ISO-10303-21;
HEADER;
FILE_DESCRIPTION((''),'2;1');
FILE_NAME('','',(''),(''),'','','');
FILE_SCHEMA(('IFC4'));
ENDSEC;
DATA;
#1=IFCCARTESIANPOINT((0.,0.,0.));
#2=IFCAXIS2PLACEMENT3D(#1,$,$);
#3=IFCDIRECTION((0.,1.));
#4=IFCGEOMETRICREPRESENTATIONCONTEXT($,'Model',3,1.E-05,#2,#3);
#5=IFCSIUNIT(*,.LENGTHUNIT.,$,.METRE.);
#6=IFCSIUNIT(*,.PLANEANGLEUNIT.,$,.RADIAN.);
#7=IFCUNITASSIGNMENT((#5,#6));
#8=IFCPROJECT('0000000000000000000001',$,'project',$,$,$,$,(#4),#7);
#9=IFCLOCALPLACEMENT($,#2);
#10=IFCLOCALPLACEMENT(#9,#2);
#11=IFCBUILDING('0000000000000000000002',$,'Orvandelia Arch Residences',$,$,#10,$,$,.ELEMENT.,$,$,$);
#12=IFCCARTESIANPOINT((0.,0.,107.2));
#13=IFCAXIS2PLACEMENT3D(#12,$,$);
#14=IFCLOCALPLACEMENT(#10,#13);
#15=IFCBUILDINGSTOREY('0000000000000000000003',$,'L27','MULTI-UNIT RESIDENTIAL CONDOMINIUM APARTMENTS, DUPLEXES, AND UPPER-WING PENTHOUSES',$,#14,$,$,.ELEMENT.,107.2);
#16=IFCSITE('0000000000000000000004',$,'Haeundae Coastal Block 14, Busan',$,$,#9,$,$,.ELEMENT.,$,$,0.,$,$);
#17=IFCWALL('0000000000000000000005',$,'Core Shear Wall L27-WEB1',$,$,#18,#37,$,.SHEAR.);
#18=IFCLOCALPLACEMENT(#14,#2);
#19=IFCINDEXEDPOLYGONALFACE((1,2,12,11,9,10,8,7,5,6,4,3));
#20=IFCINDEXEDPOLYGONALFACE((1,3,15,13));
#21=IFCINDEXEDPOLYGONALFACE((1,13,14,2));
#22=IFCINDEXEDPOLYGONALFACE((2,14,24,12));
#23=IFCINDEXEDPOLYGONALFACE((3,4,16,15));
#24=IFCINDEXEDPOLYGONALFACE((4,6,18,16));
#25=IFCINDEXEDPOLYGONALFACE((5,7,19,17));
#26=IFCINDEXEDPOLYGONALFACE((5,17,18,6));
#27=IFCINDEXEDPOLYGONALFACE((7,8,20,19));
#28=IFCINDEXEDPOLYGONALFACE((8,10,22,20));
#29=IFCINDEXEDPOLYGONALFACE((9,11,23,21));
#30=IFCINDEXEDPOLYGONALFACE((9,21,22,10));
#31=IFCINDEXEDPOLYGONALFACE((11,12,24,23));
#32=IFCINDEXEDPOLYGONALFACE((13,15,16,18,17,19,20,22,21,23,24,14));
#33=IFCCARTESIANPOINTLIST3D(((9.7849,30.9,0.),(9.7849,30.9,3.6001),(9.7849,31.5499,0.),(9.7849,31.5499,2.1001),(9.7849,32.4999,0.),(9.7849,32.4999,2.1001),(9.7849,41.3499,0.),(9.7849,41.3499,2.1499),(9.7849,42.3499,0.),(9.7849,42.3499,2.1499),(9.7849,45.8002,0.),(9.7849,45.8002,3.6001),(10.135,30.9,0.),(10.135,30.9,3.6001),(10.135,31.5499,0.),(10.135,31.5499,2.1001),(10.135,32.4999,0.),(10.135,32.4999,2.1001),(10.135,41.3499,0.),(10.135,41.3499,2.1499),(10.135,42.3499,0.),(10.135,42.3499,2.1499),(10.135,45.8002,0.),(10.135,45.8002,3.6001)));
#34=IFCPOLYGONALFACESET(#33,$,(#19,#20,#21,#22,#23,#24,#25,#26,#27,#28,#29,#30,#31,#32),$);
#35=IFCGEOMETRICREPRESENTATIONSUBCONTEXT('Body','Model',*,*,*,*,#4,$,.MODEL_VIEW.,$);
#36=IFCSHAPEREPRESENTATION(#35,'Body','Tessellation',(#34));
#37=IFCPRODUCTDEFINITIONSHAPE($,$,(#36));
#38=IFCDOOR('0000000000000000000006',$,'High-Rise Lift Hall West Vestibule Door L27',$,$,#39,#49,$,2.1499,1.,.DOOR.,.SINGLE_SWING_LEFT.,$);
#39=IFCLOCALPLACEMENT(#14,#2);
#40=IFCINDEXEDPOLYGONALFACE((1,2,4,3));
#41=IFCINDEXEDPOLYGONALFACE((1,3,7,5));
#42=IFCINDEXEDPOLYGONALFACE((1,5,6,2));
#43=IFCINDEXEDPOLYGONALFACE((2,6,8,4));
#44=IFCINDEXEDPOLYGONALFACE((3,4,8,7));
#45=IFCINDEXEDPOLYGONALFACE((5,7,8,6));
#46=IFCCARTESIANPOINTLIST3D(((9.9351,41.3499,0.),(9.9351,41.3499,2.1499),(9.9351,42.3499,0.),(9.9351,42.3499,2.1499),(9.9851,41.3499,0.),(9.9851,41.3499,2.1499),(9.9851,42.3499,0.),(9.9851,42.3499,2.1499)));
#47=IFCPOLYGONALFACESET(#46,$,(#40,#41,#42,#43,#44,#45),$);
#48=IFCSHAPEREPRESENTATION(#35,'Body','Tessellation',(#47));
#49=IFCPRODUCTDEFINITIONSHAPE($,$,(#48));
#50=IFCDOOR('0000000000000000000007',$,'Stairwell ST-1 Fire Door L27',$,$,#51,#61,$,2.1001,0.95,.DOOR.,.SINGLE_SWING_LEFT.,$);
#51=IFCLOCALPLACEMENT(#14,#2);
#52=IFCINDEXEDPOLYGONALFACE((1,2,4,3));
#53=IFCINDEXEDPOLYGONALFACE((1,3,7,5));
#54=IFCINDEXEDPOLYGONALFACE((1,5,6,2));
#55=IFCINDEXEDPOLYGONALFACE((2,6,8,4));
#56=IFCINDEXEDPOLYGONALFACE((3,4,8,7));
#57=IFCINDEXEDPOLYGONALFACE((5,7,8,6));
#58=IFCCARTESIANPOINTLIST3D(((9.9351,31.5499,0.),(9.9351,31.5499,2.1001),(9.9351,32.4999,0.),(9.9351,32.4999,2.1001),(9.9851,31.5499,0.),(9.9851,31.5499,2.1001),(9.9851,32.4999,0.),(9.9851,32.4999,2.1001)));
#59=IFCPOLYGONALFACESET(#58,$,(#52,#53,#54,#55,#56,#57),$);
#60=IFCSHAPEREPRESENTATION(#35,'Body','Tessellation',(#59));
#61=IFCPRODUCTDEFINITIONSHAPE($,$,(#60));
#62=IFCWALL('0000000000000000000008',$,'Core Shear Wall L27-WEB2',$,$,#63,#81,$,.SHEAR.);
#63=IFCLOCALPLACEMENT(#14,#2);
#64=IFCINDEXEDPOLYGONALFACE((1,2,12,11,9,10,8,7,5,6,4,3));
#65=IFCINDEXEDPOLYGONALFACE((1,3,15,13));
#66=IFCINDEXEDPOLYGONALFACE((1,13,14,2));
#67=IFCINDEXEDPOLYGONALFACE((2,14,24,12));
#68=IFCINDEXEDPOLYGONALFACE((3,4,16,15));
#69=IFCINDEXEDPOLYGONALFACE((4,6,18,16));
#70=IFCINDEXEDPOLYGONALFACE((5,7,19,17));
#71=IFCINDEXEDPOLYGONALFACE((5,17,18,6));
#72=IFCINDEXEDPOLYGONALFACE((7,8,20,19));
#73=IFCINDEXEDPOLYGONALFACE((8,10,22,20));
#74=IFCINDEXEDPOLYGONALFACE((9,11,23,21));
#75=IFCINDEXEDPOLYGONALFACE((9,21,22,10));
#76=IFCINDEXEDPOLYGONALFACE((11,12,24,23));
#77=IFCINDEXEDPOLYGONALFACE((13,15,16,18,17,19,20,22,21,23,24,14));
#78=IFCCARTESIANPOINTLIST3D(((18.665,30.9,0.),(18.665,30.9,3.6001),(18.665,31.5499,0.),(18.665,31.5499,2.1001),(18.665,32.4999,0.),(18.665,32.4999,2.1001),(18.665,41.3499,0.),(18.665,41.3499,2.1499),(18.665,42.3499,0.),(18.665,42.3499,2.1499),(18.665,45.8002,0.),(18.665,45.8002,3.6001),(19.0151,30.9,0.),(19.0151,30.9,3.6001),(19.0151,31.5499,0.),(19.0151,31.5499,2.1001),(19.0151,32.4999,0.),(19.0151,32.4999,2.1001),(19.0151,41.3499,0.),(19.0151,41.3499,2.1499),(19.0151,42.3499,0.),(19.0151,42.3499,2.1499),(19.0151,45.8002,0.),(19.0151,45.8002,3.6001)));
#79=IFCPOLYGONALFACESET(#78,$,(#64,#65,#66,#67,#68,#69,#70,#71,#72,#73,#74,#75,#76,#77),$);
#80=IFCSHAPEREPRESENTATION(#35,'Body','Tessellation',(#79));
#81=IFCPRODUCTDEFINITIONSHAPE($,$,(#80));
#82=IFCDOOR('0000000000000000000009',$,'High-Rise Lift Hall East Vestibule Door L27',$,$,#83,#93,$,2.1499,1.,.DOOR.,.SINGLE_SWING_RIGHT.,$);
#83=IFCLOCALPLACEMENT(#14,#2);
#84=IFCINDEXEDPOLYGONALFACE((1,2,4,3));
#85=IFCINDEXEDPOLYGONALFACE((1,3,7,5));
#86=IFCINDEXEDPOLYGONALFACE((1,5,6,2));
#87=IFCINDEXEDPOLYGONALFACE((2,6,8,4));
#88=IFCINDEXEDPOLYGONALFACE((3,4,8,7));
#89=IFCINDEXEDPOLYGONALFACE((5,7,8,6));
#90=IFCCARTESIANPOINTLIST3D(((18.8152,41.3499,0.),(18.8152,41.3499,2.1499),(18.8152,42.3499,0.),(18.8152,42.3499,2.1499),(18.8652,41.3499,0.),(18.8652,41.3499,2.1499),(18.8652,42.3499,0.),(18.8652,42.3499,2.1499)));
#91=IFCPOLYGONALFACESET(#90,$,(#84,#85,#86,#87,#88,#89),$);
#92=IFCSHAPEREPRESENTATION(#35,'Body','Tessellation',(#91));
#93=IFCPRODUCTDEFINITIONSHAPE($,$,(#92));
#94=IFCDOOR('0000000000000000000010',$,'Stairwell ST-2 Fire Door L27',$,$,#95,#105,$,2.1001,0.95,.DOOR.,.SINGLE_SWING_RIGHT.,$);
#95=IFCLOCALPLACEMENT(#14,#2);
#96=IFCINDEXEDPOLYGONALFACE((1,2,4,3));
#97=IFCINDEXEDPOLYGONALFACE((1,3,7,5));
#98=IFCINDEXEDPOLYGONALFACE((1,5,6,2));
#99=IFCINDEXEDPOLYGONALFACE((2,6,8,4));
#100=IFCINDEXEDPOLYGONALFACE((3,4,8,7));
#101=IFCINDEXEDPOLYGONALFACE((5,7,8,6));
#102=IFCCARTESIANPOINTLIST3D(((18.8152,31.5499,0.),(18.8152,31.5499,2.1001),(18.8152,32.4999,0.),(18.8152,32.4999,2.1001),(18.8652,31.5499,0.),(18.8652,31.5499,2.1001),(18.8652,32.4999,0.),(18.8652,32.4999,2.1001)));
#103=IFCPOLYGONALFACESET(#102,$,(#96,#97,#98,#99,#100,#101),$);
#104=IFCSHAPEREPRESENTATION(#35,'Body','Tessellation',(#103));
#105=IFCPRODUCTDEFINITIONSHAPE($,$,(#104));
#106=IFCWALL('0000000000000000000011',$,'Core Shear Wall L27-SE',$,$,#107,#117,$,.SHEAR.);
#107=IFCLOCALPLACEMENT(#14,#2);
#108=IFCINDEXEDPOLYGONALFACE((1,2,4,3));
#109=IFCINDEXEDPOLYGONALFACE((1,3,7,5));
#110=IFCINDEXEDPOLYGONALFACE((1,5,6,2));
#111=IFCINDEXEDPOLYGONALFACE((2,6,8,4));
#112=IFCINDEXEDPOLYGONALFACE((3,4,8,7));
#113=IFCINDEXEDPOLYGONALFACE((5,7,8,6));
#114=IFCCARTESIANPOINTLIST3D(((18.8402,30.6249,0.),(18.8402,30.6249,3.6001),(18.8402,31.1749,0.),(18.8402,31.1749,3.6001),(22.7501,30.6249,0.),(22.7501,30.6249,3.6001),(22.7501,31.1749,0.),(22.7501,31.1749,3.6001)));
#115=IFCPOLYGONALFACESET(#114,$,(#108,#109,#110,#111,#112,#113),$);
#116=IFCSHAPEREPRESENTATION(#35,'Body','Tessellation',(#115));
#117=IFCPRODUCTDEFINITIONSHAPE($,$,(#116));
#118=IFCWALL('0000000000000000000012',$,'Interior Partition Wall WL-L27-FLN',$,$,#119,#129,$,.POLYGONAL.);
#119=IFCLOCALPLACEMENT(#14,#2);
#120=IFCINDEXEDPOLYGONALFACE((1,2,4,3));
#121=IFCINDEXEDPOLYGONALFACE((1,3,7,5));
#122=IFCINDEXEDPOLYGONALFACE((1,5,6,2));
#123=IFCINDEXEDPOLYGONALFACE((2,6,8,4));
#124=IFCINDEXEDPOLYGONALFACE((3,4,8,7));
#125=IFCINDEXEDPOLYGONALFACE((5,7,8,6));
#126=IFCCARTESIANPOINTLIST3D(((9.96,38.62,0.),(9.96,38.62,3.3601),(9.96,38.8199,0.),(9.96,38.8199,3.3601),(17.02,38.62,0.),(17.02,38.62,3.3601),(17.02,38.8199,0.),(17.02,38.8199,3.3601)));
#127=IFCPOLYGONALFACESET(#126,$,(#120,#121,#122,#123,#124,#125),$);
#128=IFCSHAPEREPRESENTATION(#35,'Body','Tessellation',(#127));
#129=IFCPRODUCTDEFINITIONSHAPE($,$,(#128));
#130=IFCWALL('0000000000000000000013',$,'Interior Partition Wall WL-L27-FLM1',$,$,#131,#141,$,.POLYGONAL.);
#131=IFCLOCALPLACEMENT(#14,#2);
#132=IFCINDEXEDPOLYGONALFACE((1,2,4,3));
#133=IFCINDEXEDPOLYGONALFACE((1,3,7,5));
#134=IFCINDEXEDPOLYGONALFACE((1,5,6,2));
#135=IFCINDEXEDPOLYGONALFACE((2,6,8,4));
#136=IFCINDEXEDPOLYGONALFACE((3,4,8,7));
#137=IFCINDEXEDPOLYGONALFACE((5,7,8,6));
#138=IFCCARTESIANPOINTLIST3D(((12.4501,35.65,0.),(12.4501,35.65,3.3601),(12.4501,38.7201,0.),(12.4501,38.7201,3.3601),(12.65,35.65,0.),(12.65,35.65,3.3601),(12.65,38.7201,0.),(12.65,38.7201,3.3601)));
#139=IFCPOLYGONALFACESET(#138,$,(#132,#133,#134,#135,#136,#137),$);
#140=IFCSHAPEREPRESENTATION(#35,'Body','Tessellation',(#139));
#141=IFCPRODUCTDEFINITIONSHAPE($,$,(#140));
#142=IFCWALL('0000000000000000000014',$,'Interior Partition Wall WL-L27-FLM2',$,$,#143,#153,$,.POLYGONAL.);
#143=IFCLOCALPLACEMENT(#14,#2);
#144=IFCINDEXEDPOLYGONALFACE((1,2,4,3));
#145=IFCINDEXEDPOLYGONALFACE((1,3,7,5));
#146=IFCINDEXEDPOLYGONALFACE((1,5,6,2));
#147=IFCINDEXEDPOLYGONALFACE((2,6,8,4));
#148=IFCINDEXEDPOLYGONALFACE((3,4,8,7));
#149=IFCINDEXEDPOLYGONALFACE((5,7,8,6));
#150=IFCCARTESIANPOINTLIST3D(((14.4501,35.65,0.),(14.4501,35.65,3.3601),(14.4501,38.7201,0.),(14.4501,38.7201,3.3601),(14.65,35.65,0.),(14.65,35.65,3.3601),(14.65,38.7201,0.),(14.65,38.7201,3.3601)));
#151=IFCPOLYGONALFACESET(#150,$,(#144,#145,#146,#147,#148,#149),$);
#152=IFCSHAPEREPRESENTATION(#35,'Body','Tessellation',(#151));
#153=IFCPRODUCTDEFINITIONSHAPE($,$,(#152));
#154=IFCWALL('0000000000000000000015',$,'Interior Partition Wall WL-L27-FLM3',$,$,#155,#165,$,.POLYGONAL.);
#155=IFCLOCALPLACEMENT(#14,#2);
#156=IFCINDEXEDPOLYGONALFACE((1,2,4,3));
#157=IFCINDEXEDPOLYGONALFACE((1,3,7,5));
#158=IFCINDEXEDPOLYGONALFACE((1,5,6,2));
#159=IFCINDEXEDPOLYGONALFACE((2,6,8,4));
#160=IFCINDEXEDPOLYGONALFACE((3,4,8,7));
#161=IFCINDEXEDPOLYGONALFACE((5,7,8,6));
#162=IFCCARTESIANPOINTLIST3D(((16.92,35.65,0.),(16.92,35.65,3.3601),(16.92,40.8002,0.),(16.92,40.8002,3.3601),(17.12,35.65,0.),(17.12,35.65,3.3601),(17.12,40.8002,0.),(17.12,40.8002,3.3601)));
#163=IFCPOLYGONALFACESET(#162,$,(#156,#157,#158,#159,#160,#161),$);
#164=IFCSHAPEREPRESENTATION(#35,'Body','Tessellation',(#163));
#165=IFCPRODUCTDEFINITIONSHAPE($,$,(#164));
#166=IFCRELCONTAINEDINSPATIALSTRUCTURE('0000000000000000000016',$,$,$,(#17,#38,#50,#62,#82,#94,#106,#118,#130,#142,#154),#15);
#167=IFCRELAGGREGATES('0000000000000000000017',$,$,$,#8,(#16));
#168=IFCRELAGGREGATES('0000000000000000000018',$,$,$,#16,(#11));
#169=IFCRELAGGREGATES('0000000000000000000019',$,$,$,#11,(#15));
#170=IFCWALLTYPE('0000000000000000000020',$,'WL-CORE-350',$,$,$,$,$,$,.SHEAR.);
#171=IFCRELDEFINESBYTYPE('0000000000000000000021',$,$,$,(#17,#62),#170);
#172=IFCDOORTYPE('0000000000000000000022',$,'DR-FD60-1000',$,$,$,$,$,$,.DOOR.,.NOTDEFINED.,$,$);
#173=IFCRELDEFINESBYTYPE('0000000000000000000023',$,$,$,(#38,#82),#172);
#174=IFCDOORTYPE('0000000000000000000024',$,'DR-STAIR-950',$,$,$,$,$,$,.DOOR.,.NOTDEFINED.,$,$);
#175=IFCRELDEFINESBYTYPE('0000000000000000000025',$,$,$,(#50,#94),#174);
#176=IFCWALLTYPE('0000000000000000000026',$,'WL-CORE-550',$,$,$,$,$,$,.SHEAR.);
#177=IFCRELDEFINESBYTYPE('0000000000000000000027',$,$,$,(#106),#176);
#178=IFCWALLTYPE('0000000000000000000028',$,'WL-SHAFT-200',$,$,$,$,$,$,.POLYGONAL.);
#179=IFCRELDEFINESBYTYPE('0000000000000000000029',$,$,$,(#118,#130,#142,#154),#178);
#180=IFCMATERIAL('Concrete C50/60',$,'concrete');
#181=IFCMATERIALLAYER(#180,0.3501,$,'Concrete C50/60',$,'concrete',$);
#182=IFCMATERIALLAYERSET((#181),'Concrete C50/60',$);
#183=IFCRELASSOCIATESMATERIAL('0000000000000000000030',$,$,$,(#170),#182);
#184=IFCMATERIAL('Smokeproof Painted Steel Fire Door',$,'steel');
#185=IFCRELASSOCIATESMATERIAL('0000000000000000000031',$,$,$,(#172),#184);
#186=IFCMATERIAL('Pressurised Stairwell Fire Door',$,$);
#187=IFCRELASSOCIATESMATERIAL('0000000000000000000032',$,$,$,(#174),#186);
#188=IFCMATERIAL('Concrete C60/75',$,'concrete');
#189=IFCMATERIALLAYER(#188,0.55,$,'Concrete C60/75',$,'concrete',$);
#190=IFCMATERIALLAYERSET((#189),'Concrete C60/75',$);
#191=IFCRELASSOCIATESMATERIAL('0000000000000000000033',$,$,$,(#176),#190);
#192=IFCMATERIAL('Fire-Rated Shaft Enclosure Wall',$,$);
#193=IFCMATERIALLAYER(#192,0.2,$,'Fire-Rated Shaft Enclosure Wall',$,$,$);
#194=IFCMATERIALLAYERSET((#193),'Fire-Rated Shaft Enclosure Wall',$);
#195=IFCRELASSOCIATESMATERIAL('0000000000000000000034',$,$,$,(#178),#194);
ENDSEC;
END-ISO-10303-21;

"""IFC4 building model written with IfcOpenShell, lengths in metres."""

from ifc_helpers import new_model, si_unit, direction, frame, frame_2d, origin, place, context, subcontext, project, spatial, rectangle, extrude, material, layer, layer_set, type_object, element, fill, save


model = new_model("IFC4")

# Units and contexts
model_context = context("Model", 3, precision=1e-05, world=origin(), true_north=direction((0.0, 1.0)))
body_context = subcontext(model_context, "Body", "Model", "MODEL_VIEW")
ifc_project = project(units=[si_unit("LENGTHUNIT", "METRE"), si_unit("PLANEANGLEUNIT", "RADIAN")], contexts=[model_context])

# Site, building, storey
site_placement = place(None, origin())
site = spatial("IfcSite", under=ifc_project, at=site_placement, Name="Haeundae Coastal Block 14, Busan", CompositionType="ELEMENT", RefElevation=0.0)
building_placement = place(site_placement, origin())
building = spatial("IfcBuilding", under=site, at=building_placement, Name="Orvandelia Arch Residences", CompositionType="ELEMENT")
storey_placement = place(building_placement, frame((0.0, 0.0, 107.2)))
storey = spatial("IfcBuildingStorey", under=building, at=storey_placement, Name="L27", Description="MULTI-UNIT RESIDENTIAL CONDOMINIUM APARTMENTS, DUPLEXES, AND UPPER-WING PENTHOUSES", CompositionType="ELEMENT", Elevation=107.2)

# Walls, openings, doors
ifc_material_1 = material(Name="Concrete C50/60", Category="concrete")
ifc_layer_1 = layer(ifc_material_1, 0.3501, Name="Concrete C50/60", Category="concrete")
ifc_layer_set_1 = layer_set([ifc_layer_1], Name="Concrete C50/60")
wall_type_1 = type_object("IfcWallType", Name="WL-CORE-350", PredefinedType="SHEAR", material=ifc_layer_set_1)
wall_1_placement = place(storey_placement, frame((9.96, 30.8999, 0.0), z_axis=(0.0, 0.0, 1.0), x_axis=(0.0, 1.0, 0.0)))
wall_1 = element("IfcWall", 1, at=wall_1_placement, inside=storey, type_object=wall_type_1, Name="Core Shear Wall L27-WEB1", PredefinedType="SHEAR", context=body_context, shape_type="SweptSolid", body=[
    extrude(rectangle(XDim=14.9001, YDim=0.3501, at=frame_2d((7.4502, 0.0))), origin(), (0.0, 0.0, 1.0), 3.6001),
])
opening_1_placement = place(wall_1_placement, frame((0.6499, 0.0, 0.0)))
opening_1 = element("IfcOpeningElement", 2, at=opening_1_placement, cuts=wall_1, PredefinedType="OPENING", context=body_context, shape_type="SweptSolid", body=[
    extrude(rectangle(XDim=0.95, YDim=2.1001, at=frame_2d((0.4751, 1.05))), frame((0.0, 0.1851, 0.0), z_axis=(0.0, -1.0, 0.0), x_axis=(1.0, 0.0, 0.0)), (0.0, 0.0, 1.0), 0.3701),
])
opening_2_placement = place(wall_1_placement, frame((10.45, 0.0, 0.0)))
opening_2 = element("IfcOpeningElement", 3, at=opening_2_placement, cuts=wall_1, PredefinedType="OPENING", context=body_context, shape_type="SweptSolid", body=[
    extrude(rectangle(XDim=1.0, YDim=2.1499, at=frame_2d((0.5, 1.075))), frame((0.0, 0.1851, 0.0), z_axis=(0.0, -1.0, 0.0), x_axis=(1.0, 0.0, 0.0)), (0.0, 0.0, 1.0), 0.3701),
])
ifc_material_2 = material(Name="Smokeproof Painted Steel Fire Door", Category="steel")
door_type_1 = type_object("IfcDoorType", Name="DR-FD60-1000", OperationType="NOTDEFINED", PredefinedType="DOOR", material=ifc_material_2)
door_1_placement = place(opening_2_placement, origin())
door_1 = element("IfcDoor", 4, at=door_1_placement, inside=storey, type_object=door_type_1, Name="High-Rise Lift Hall West Vestibule Door L27", OperationType="SINGLE_SWING_LEFT", OverallHeight=2.1499, OverallWidth=1.0, PredefinedType="DOOR", context=body_context, shape_type="SweptSolid", body=[
    extrude(rectangle(XDim=1.0, YDim=2.1499, at=frame_2d((0.5, 1.075))), frame((0.0, 0.0249, 0.0), z_axis=(0.0, -1.0, 0.0), x_axis=(1.0, 0.0, 0.0)), (0.0, 0.0, 1.0), 0.05),
])
fill(opening_2, door_1)
ifc_material_3 = material(Name="Pressurised Stairwell Fire Door")
door_type_2 = type_object("IfcDoorType", Name="DR-STAIR-950", OperationType="NOTDEFINED", PredefinedType="DOOR", material=ifc_material_3)
door_2_placement = place(opening_1_placement, origin())
door_2 = element("IfcDoor", 5, at=door_2_placement, inside=storey, type_object=door_type_2, Name="Stairwell ST-1 Fire Door L27", OperationType="SINGLE_SWING_LEFT", OverallHeight=2.1001, OverallWidth=0.95, PredefinedType="DOOR", context=body_context, shape_type="SweptSolid", body=[
    extrude(rectangle(XDim=0.95, YDim=2.1001, at=frame_2d((0.4751, 1.05))), frame((0.0, 0.0249, 0.0), z_axis=(0.0, -1.0, 0.0), x_axis=(1.0, 0.0, 0.0)), (0.0, 0.0, 1.0), 0.05),
])
fill(opening_1, door_2)
wall_2_placement = place(storey_placement, frame((18.8401, 30.8999, 0.0), z_axis=(0.0, 0.0, 1.0), x_axis=(0.0, 1.0, 0.0)))
wall_2 = element("IfcWall", 6, at=wall_2_placement, inside=storey, type_object=wall_type_1, Name="Core Shear Wall L27-WEB2", PredefinedType="SHEAR", context=body_context, shape_type="SweptSolid", body=[
    extrude(rectangle(XDim=14.9001, YDim=0.3501, at=frame_2d((7.4502, 0.0))), origin(), (0.0, 0.0, 1.0), 3.6001),
])
opening_3_placement = place(wall_2_placement, frame((0.6499, 0.0, 0.0)))
opening_3 = element("IfcOpeningElement", 7, at=opening_3_placement, cuts=wall_2, PredefinedType="OPENING", context=body_context, shape_type="SweptSolid", body=[
    extrude(rectangle(XDim=0.95, YDim=2.1001, at=frame_2d((0.4751, 1.05))), frame((0.0, 0.1851, 0.0), z_axis=(0.0, -1.0, 0.0), x_axis=(1.0, 0.0, 0.0)), (0.0, 0.0, 1.0), 0.3701),
])
opening_4_placement = place(wall_2_placement, frame((10.45, 0.0, 0.0)))
opening_4 = element("IfcOpeningElement", 8, at=opening_4_placement, cuts=wall_2, PredefinedType="OPENING", context=body_context, shape_type="SweptSolid", body=[
    extrude(rectangle(XDim=1.0, YDim=2.1499, at=frame_2d((0.5, 1.075))), frame((0.0, 0.1851, 0.0), z_axis=(0.0, -1.0, 0.0), x_axis=(1.0, 0.0, 0.0)), (0.0, 0.0, 1.0), 0.3701),
])
door_3_placement = place(opening_4_placement, origin())
door_3 = element("IfcDoor", 9, at=door_3_placement, inside=storey, type_object=door_type_1, Name="High-Rise Lift Hall East Vestibule Door L27", OperationType="SINGLE_SWING_RIGHT", OverallHeight=2.1499, OverallWidth=1.0, PredefinedType="DOOR", context=body_context, shape_type="SweptSolid", body=[
    extrude(rectangle(XDim=1.0, YDim=2.1499, at=frame_2d((0.5, 1.075))), frame((0.0, 0.0249, 0.0), z_axis=(0.0, -1.0, 0.0), x_axis=(1.0, 0.0, 0.0)), (0.0, 0.0, 1.0), 0.05),
])
fill(opening_4, door_3)
door_4_placement = place(opening_3_placement, origin())
door_4 = element("IfcDoor", 10, at=door_4_placement, inside=storey, type_object=door_type_2, Name="Stairwell ST-2 Fire Door L27", OperationType="SINGLE_SWING_RIGHT", OverallHeight=2.1001, OverallWidth=0.95, PredefinedType="DOOR", context=body_context, shape_type="SweptSolid", body=[
    extrude(rectangle(XDim=0.95, YDim=2.1001, at=frame_2d((0.4751, 1.05))), frame((0.0, 0.0249, 0.0), z_axis=(0.0, -1.0, 0.0), x_axis=(1.0, 0.0, 0.0)), (0.0, 0.0, 1.0), 0.05),
])
fill(opening_3, door_4)

# Shared definitions
ifc_material_4 = material(Name="Concrete C60/75", Category="concrete")
ifc_layer_2 = layer(ifc_material_4, 0.55, Name="Concrete C60/75", Category="concrete")
ifc_layer_set_2 = layer_set([ifc_layer_2], Name="Concrete C60/75")
wall_type_2 = type_object("IfcWallType", Name="WL-CORE-550", PredefinedType="SHEAR", material=ifc_layer_set_2)

# Walls
wall_3_placement = place(storey_placement, frame((18.8401, 30.8999, 0.0), z_axis=(0.0, 0.0, 1.0), x_axis=(1.0, 0.0, 0.0)))
element("IfcWall", 11, at=wall_3_placement, inside=storey, type_object=wall_type_2, Name="Core Shear Wall L27-SE", PredefinedType="SHEAR", context=body_context, shape_type="SweptSolid", body=[
    extrude(rectangle(XDim=3.9099, YDim=0.55, at=frame_2d((1.9551, 0.0))), origin(), (0.0, 0.0, 1.0), 3.6001),
])
ifc_material_5 = material(Name="Fire-Rated Shaft Enclosure Wall")
ifc_layer_3 = layer(ifc_material_5, 0.2, Name="Fire-Rated Shaft Enclosure Wall")
ifc_layer_set_3 = layer_set([ifc_layer_3], Name="Fire-Rated Shaft Enclosure Wall")
wall_type_3 = type_object("IfcWallType", Name="WL-SHAFT-200", PredefinedType="POLYGONAL", material=ifc_layer_set_3)
wall_4_placement = place(storey_placement, frame((9.96, 38.72, 0.0), z_axis=(0.0, 0.0, 1.0), x_axis=(1.0, 0.0, 0.0)))
element("IfcWall", 12, at=wall_4_placement, inside=storey, type_object=wall_type_3, Name="Interior Partition Wall WL-L27-FLN", PredefinedType="POLYGONAL", context=body_context, shape_type="SweptSolid", body=[
    extrude(rectangle(XDim=7.0601, YDim=0.2, at=frame_2d((3.53, 0.0))), origin(), (0.0, 0.0, 1.0), 3.3601),
])
for number, where, z_axis, x_axis, name in (
    (13, (12.55, 35.6499, 0.0), (0.0, 0.0, 1.0), (0.0, 1.0, 0.0), "Interior Partition Wall WL-L27-FLM1"),
    (14, (14.55, 35.6499, 0.0), (0.0, 0.0, 1.0), (0.0, 1.0, 0.0), "Interior Partition Wall WL-L27-FLM2"),
):
    element("IfcWall", number, at=place(storey_placement, frame(where, z_axis=z_axis, x_axis=x_axis)), inside=storey, type_object=wall_type_3, Name=name, PredefinedType="POLYGONAL", context=body_context, shape_type="SweptSolid", body=[
        extrude(rectangle(XDim=3.0701, YDim=0.2, at=frame_2d((1.5352, 0.0))), origin(), (0.0, 0.0, 1.0), 3.3601),
    ])
wall_5_placement = place(storey_placement, frame((17.02, 35.6499, 0.0), z_axis=(0.0, 0.0, 1.0), x_axis=(0.0, 1.0, 0.0)))
element("IfcWall", 15, at=wall_5_placement, inside=storey, type_object=wall_type_3, Name="Interior Partition Wall WL-L27-FLM3", PredefinedType="POLYGONAL", context=body_context, shape_type="SweptSolid", body=[
    extrude(rectangle(XDim=5.1501, YDim=0.2, at=frame_2d((2.5752, 0.0))), origin(), (0.0, 0.0, 1.0), 3.3601),
])

save(model, "model.ifc")
